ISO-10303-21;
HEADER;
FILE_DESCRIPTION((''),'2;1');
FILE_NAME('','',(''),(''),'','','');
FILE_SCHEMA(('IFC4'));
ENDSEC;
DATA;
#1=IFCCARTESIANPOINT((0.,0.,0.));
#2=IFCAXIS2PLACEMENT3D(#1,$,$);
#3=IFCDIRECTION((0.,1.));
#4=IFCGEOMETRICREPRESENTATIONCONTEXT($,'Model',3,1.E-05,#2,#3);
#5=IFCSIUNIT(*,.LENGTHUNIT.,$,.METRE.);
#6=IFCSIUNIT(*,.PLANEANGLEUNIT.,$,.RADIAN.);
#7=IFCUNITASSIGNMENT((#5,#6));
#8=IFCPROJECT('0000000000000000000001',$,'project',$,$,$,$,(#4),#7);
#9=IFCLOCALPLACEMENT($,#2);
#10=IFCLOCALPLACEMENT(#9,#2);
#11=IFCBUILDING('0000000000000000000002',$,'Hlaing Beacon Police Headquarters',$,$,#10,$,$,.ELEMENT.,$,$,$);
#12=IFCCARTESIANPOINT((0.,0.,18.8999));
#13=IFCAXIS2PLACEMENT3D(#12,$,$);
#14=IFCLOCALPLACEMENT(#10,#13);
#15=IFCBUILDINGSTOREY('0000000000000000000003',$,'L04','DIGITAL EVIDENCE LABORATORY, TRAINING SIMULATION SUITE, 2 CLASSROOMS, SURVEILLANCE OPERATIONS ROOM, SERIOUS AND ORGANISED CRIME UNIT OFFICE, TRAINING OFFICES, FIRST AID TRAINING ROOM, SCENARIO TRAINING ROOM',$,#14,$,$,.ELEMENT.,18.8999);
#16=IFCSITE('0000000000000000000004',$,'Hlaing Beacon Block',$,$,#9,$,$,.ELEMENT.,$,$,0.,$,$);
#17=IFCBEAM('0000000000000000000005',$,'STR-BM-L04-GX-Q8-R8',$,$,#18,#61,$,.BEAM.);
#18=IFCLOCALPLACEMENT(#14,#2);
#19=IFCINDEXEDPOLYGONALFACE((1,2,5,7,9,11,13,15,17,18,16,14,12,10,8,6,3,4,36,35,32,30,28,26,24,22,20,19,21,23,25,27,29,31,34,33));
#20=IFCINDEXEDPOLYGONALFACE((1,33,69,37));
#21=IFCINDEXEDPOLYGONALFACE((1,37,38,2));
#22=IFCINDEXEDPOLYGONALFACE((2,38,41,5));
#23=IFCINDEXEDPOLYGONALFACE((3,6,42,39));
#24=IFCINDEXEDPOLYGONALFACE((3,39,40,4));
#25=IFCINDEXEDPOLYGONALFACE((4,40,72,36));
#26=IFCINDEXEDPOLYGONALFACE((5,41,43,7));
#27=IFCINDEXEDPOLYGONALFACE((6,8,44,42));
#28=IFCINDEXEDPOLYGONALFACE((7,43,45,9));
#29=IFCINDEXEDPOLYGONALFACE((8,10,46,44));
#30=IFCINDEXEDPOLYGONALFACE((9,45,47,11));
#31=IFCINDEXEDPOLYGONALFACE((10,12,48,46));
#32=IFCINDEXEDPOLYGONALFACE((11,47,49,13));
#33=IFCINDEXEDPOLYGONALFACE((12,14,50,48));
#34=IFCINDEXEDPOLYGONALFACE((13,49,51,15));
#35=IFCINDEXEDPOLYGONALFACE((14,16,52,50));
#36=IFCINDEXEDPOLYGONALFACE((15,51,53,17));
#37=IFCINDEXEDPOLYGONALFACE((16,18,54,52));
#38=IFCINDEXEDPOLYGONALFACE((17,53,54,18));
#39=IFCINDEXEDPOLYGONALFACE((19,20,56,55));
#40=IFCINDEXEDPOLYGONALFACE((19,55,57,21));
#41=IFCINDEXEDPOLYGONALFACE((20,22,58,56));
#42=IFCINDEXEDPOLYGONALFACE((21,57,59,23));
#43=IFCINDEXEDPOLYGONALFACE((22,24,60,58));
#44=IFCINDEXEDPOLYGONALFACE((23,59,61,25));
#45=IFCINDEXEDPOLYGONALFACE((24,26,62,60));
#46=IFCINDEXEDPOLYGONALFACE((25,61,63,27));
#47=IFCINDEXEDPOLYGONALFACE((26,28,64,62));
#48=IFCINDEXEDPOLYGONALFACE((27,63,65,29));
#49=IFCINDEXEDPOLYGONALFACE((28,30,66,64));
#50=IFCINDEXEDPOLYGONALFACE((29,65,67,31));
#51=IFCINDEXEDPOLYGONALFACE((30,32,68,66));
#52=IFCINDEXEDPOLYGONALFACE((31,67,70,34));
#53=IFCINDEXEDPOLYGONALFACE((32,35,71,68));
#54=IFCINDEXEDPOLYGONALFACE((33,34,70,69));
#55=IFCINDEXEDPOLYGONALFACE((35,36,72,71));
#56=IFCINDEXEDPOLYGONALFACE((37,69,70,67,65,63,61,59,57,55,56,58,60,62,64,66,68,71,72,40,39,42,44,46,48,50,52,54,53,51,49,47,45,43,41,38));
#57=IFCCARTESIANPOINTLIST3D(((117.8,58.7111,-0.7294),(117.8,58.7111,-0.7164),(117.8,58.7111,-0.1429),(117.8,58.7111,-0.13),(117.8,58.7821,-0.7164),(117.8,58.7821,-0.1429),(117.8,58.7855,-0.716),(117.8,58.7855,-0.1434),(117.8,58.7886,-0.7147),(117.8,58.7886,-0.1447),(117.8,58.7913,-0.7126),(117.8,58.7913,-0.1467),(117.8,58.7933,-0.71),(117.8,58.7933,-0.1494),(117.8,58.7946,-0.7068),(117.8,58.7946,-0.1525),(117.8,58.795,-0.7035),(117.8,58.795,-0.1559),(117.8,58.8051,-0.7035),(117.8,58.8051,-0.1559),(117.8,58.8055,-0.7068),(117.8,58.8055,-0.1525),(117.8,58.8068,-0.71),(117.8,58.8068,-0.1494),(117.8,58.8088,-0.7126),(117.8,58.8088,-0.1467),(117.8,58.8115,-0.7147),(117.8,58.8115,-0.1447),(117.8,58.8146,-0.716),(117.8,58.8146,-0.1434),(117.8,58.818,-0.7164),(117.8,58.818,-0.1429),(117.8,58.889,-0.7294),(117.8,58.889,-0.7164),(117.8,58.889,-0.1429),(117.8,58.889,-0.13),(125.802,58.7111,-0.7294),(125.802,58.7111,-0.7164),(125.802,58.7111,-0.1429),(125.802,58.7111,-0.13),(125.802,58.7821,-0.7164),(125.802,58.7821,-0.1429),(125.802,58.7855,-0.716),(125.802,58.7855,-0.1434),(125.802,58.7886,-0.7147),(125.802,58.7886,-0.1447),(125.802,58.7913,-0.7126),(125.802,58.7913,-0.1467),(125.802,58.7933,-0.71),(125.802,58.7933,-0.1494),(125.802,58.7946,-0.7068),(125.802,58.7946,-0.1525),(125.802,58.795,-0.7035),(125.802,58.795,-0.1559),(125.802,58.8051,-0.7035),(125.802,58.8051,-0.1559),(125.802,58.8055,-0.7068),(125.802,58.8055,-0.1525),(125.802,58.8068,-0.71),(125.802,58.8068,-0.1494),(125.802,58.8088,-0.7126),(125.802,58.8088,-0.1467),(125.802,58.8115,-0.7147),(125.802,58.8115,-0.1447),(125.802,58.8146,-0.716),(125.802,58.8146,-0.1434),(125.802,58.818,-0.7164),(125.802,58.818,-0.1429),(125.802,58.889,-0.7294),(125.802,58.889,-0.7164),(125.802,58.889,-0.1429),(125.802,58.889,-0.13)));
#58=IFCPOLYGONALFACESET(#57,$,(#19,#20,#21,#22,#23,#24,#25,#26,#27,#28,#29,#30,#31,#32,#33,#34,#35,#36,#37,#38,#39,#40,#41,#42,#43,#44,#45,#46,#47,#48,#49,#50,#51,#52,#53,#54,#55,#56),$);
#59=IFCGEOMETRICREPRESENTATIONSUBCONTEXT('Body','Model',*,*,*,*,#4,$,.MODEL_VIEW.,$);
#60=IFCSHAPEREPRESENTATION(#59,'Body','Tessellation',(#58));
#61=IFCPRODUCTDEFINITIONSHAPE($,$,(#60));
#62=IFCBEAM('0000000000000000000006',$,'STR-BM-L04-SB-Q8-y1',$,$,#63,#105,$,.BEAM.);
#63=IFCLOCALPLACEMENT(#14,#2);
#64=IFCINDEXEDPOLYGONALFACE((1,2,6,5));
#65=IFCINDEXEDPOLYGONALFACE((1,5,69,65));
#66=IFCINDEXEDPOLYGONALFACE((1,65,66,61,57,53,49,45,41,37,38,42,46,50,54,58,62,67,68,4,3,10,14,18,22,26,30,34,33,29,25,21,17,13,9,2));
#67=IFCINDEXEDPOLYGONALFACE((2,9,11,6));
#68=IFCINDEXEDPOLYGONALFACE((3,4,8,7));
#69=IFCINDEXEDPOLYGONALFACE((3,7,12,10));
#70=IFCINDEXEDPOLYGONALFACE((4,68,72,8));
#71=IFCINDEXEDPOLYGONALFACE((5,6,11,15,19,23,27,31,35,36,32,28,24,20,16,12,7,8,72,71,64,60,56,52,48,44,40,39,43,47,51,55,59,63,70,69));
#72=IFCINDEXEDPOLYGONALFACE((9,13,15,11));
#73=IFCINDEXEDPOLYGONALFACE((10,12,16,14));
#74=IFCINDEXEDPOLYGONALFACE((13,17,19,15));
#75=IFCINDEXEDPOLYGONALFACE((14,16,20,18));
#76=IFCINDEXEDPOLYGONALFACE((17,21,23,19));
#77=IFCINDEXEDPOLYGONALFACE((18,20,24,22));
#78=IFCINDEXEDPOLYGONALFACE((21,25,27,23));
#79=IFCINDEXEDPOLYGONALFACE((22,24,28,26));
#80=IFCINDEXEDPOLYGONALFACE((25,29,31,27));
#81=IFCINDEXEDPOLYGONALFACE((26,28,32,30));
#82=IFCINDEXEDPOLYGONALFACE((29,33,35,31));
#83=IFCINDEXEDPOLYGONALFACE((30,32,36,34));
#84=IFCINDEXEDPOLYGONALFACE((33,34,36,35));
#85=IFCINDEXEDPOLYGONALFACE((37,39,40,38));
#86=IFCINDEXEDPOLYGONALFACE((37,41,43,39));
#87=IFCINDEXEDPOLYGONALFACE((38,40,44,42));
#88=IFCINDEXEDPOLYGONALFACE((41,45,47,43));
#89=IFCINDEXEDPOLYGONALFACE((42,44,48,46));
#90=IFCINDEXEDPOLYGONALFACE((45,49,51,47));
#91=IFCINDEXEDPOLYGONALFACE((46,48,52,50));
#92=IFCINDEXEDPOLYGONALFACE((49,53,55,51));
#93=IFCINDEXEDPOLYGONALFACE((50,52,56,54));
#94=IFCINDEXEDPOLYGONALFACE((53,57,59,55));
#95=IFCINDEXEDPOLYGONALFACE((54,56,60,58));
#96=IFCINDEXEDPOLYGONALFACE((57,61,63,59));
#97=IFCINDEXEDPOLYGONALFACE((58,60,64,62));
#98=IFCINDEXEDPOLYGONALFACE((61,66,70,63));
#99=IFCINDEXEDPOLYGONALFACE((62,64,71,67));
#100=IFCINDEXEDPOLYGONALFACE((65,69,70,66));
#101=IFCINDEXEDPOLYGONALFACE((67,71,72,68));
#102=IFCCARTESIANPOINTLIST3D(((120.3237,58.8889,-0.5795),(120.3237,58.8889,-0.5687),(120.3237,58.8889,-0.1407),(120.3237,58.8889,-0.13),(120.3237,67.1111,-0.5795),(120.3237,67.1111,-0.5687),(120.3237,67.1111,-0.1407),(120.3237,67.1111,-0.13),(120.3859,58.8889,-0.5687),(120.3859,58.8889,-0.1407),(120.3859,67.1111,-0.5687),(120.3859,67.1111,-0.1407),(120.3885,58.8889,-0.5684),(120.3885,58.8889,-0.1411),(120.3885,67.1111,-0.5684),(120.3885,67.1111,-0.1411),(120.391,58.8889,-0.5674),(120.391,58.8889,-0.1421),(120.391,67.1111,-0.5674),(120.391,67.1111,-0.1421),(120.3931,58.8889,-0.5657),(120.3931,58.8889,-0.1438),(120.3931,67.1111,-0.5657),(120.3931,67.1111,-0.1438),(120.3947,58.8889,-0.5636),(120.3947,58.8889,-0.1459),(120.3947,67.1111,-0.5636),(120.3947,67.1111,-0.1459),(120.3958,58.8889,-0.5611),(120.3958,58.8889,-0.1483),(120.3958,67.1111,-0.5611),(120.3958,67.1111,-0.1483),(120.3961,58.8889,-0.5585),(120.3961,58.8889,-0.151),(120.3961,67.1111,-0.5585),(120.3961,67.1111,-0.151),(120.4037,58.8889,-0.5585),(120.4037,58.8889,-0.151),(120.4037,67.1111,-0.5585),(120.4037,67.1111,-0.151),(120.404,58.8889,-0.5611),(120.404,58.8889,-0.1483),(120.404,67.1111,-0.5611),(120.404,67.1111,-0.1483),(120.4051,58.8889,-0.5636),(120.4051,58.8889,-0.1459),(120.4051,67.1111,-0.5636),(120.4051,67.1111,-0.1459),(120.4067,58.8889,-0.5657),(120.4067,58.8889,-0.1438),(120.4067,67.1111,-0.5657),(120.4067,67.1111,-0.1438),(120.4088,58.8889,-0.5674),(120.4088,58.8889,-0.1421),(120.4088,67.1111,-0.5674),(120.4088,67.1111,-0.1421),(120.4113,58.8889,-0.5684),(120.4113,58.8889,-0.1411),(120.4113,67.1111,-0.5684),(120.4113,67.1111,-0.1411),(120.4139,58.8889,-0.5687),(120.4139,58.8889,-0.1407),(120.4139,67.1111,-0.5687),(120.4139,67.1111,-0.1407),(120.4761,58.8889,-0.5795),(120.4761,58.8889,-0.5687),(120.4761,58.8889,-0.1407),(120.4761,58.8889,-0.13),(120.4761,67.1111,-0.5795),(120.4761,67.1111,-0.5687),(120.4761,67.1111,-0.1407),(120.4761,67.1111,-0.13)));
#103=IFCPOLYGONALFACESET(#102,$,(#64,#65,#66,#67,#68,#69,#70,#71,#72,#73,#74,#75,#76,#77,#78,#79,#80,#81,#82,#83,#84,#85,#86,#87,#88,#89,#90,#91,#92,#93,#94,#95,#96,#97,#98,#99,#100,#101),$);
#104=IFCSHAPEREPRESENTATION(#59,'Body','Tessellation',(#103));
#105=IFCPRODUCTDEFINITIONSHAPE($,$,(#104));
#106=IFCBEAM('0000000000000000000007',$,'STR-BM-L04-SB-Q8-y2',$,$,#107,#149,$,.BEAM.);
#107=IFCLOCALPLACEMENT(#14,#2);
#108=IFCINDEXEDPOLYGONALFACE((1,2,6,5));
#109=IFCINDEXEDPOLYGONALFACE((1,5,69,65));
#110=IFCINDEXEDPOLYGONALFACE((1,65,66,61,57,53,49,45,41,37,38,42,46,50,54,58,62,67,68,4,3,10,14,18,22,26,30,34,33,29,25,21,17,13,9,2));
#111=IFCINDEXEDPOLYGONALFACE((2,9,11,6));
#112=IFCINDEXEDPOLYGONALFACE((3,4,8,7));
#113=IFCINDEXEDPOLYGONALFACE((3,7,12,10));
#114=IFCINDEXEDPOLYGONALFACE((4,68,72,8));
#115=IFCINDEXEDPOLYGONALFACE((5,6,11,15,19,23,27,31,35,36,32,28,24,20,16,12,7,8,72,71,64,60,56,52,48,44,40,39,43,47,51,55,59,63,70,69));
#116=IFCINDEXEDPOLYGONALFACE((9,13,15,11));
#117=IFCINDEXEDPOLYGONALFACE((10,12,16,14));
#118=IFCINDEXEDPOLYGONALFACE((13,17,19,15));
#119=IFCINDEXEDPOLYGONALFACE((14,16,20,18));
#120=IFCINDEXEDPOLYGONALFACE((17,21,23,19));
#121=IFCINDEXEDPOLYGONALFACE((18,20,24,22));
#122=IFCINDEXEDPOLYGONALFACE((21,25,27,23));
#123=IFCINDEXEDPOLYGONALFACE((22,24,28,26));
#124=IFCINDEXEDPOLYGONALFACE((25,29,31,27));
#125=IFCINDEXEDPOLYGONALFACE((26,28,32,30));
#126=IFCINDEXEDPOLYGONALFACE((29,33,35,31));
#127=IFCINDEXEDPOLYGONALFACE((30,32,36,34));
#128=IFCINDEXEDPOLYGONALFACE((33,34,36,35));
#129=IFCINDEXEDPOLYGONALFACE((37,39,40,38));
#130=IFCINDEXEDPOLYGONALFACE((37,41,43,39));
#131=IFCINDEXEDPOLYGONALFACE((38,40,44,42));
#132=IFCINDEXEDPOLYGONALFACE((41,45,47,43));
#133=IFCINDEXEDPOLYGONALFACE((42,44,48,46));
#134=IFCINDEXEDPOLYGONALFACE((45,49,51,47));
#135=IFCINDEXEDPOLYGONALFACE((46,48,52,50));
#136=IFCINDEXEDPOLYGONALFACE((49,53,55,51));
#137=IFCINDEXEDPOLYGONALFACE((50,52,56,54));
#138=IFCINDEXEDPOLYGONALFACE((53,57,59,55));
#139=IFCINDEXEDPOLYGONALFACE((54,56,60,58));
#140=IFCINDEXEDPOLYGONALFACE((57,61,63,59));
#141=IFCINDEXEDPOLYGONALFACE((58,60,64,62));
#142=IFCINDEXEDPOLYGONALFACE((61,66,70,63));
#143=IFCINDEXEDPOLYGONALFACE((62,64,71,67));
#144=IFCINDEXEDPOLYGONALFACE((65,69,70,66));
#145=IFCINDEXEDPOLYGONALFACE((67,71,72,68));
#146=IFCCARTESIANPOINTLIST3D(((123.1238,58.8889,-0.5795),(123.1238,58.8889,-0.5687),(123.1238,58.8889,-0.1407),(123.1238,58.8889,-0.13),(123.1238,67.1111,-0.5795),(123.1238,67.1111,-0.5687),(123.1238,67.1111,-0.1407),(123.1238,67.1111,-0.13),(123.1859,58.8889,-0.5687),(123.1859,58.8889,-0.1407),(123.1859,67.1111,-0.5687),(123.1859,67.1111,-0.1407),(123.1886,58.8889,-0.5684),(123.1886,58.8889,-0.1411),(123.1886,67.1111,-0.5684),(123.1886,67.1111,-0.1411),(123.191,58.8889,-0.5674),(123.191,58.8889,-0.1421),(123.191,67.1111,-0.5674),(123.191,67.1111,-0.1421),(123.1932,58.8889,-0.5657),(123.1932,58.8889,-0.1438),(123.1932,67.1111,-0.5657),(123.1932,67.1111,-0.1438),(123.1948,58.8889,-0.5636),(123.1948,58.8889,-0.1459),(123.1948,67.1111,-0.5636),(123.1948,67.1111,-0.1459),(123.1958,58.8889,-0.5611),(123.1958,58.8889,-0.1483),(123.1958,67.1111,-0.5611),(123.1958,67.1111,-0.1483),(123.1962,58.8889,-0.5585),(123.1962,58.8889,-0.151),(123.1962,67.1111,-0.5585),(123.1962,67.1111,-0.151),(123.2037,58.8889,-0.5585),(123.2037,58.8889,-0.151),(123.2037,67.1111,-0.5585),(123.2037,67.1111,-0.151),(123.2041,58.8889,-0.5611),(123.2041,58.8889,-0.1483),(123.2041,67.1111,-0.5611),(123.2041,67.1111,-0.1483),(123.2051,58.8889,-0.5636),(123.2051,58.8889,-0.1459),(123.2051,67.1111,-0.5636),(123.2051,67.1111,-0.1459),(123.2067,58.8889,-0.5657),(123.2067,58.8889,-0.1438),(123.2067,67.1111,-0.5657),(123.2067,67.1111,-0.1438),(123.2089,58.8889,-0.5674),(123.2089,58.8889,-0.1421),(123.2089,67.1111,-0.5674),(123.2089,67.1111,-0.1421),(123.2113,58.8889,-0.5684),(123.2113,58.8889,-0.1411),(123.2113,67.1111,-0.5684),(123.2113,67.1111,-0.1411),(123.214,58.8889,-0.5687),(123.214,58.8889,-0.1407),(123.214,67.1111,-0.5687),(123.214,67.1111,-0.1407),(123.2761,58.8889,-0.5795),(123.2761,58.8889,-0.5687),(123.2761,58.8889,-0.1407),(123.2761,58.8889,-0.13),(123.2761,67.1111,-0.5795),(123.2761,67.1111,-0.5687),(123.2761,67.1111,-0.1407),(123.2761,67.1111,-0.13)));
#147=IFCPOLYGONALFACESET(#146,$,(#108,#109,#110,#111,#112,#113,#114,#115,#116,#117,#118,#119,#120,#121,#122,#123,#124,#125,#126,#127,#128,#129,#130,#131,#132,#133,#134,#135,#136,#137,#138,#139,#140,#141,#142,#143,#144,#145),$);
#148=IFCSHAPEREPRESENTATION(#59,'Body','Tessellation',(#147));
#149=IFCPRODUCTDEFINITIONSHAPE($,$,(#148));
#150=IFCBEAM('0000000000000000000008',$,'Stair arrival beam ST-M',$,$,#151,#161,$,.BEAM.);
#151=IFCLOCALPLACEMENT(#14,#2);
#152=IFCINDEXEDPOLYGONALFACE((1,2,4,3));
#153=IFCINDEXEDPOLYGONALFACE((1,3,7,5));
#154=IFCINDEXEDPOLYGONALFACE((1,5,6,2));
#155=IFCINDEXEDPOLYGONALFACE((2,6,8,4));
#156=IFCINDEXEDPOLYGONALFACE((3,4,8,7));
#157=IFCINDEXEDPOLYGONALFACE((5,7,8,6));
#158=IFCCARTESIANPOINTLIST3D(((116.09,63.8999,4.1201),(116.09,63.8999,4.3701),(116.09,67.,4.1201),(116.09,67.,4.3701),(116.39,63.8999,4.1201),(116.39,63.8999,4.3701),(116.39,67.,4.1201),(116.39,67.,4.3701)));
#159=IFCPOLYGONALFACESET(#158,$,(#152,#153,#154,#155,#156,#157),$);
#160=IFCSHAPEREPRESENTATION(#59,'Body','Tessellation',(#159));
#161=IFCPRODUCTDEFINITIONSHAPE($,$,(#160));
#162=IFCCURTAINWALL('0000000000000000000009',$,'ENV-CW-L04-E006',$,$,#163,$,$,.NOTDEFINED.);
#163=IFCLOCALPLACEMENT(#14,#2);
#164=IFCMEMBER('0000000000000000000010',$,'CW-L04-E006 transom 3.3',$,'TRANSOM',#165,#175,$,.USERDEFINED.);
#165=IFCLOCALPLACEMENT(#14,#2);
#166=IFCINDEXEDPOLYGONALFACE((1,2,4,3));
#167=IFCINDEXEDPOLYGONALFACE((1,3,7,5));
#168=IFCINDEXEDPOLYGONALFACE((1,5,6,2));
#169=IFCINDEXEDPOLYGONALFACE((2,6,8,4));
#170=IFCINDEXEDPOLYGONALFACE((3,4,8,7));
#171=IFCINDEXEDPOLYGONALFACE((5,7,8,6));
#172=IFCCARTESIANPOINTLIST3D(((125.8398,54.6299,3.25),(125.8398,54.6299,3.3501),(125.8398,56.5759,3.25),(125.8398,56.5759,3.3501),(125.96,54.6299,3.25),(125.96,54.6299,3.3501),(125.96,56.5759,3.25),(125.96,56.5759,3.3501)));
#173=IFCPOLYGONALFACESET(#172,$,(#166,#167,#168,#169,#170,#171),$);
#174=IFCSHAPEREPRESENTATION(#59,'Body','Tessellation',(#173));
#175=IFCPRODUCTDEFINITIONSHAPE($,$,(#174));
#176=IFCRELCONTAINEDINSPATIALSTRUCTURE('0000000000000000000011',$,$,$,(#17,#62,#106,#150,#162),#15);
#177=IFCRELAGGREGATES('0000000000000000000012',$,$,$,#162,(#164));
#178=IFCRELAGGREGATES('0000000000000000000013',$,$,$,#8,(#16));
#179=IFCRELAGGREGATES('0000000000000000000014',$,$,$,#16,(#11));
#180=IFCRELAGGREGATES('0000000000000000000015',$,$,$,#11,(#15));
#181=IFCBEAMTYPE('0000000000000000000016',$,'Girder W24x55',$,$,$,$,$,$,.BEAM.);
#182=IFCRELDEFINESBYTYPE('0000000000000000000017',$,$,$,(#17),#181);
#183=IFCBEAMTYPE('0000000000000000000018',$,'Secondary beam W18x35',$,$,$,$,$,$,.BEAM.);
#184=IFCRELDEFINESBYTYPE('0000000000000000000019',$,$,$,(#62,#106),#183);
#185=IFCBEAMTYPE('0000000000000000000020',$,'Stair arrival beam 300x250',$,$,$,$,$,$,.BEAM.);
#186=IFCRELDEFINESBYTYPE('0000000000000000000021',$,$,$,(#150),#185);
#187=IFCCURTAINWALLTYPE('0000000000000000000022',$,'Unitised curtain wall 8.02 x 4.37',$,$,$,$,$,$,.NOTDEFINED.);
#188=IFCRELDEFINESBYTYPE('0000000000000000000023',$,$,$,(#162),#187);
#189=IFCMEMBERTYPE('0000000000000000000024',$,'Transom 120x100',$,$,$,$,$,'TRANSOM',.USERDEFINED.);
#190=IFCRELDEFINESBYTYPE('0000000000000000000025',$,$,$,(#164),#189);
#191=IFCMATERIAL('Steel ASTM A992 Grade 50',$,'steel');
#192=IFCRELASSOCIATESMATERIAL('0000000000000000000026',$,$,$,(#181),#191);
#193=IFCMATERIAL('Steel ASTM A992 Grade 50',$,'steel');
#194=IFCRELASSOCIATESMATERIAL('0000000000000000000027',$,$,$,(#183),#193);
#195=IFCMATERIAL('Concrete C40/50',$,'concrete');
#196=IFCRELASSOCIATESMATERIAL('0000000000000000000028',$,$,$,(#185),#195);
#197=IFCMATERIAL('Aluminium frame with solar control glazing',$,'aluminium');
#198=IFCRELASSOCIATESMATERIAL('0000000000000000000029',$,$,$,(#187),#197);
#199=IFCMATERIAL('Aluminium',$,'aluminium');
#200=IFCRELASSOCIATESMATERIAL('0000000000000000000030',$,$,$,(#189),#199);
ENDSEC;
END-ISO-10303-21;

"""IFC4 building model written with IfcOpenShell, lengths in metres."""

from ifc_helpers import new_model, si_unit, direction, frame, origin, origin_2d, place, context, subcontext, project, spatial, rectangle, i_section, extrude, material, material_profile, profile_set, type_object, element, aggregate, save


model = new_model("IFC4")

# Units and contexts
model_context = context("Model", 3, precision=1e-05, world=origin(), true_north=direction((0.0, 1.0)))
body_context = subcontext(model_context, "Body", "Model", "MODEL_VIEW")
ifc_project = project(units=[si_unit("LENGTHUNIT", "METRE"), si_unit("PLANEANGLEUNIT", "RADIAN")], contexts=[model_context])

# Site, building, storey
site_placement = place(None, origin())
site = spatial("IfcSite", under=ifc_project, at=site_placement, Name="Hlaing Beacon Block", CompositionType="ELEMENT", RefElevation=0.0)
building_placement = place(site_placement, origin())
building = spatial("IfcBuilding", under=site, at=building_placement, Name="Hlaing Beacon Police Headquarters", CompositionType="ELEMENT")
storey_placement = place(building_placement, frame((0.0, 0.0, 18.8999)))
storey = spatial("IfcBuildingStorey", under=building, at=storey_placement, Name="L04", Description="DIGITAL EVIDENCE LABORATORY, TRAINING SIMULATION SUITE, 2 CLASSROOMS, SURVEILLANCE OPERATIONS ROOM, SERIOUS AND ORGANISED CRIME UNIT OFFICE, TRAINING OFFICES, FIRST AID TRAINING ROOM, SCENARIO TRAINING ROOM", CompositionType="ELEMENT", Elevation=18.8999)

# Beams
ifc_material_1 = material(Name="Steel ASTM A992 Grade 50", Category="steel")
ifc_material_profile_1 = material_profile(ifc_material_1, i_section(OverallWidth=0.178, OverallDepth=0.5994, WebThickness=0.01, FlangeThickness=0.0129, FilletRadius=0.0129, at=origin_2d()), Name="W24x55")
ifc_profile_set_1 = profile_set([ifc_material_profile_1], Name="Steel ASTM A992 Grade 50")
beam_type_1 = type_object("IfcBeamType", Name="Girder W24x55", PredefinedType="BEAM", material=ifc_profile_set_1)
beam_1_placement = place(storey_placement, frame((117.8, 58.8, -0.4297), z_axis=(1.0, 0.0, 0.0), x_axis=(0.0, 1.0, 0.0)))
element("IfcBeam", 1, at=beam_1_placement, inside=storey, type_object=beam_type_1, Name="STR-BM-L04-GX-Q8-R8", PredefinedType="BEAM", context=body_context, shape_type="SweptSolid", body=[
    extrude(i_section(OverallWidth=0.178, OverallDepth=0.5994, WebThickness=0.01, FlangeThickness=0.0129, FilletRadius=0.0129, at=origin_2d()), origin(), (0.0, 0.0, 1.0), 8.002),
])
ifc_material_2 = material(Name="Steel ASTM A992 Grade 50", Category="steel")
ifc_material_profile_2 = material_profile(ifc_material_2, i_section(OverallWidth=0.1523, OverallDepth=0.4495, WebThickness=0.0076, FlangeThickness=0.0107, FilletRadius=0.0103, at=origin_2d()), Name="W18x35")
ifc_profile_set_2 = profile_set([ifc_material_profile_2], Name="Steel ASTM A992 Grade 50")
beam_type_2 = type_object("IfcBeamType", Name="Secondary beam W18x35", PredefinedType="BEAM", material=ifc_profile_set_2)
for number, where, z_axis, x_axis, name in (
    (2, (120.3999, 58.8889, -0.3547), (0.0, 1.0, 0.0), (-1.0, 0.0, 0.0), "STR-BM-L04-SB-Q8-y1"),
    (3, (123.2, 58.8889, -0.3547), (0.0, 1.0, 0.0), (-1.0, 0.0, 0.0), "STR-BM-L04-SB-Q8-y2"),
):
    element("IfcBeam", number, at=place(storey_placement, frame(where, z_axis=z_axis, x_axis=x_axis)), inside=storey, type_object=beam_type_2, Name=name, PredefinedType="BEAM", context=body_context, shape_type="SweptSolid", body=[
        extrude(i_section(OverallWidth=0.1523, OverallDepth=0.4495, WebThickness=0.0076, FlangeThickness=0.0107, FilletRadius=0.0103, at=origin_2d()), origin(), (0.0, 0.0, 1.0), 8.2222),
    ])
ifc_material_3 = material(Name="Concrete C40/50", Category="concrete")
ifc_material_profile_3 = material_profile(ifc_material_3, rectangle(XDim=0.3, YDim=0.25, at=origin_2d()), Name="Stair arrival beam 300x250")
ifc_profile_set_3 = profile_set([ifc_material_profile_3], Name="Concrete C40/50")
beam_type_3 = type_object("IfcBeamType", Name="Stair arrival beam 300x250", PredefinedType="BEAM", material=ifc_profile_set_3)
beam_2_placement = place(storey_placement, frame((116.24, 67.0, 4.2451), z_axis=(0.0, -1.0, 0.0), x_axis=(1.0, 0.0, 0.0)))
element("IfcBeam", 4, at=beam_2_placement, inside=storey, type_object=beam_type_3, Name="Stair arrival beam ST-M", PredefinedType="BEAM", context=body_context, shape_type="SweptSolid", body=[
    extrude(rectangle(XDim=0.3, YDim=0.25, at=origin_2d()), origin(), (0.0, 0.0, 1.0), 3.1001),
])

# Curtain wall, member
ifc_material_4 = material(Name="Aluminium frame with solar control glazing", Category="aluminium")
curtain_wall_type = type_object("IfcCurtainWallType", Name="Unitised curtain wall 8.02 x 4.37", PredefinedType="NOTDEFINED", material=ifc_material_4)
curtain_wall_placement = place(storey_placement, origin())
curtain_wall = element("IfcCurtainWall", 5, at=curtain_wall_placement, inside=storey, type_object=curtain_wall_type, Name="ENV-CW-L04-E006", PredefinedType="NOTDEFINED")
ifc_material_5 = material(Name="Aluminium", Category="aluminium")
ifc_material_profile_4 = material_profile(ifc_material_5, rectangle(XDim=0.1201, YDim=0.1001, at=origin_2d()), Name="Transom 120x100")
ifc_profile_set_4 = profile_set([ifc_material_profile_4], Name="Aluminium")
member_type = type_object("IfcMemberType", Name="Transom 120x100", ElementType="TRANSOM", PredefinedType="USERDEFINED", material=ifc_profile_set_4)
member_placement = place(storey_placement, frame((125.8999, 54.6299, 3.3), z_axis=(0.0, 1.0, 0.0), x_axis=(-1.0, 0.0, 0.0)))
member = element("IfcMember", 6, at=member_placement, type_object=member_type, Name="CW-L04-E006 transom 3.3", ObjectType="TRANSOM", PredefinedType="USERDEFINED", context=body_context, shape_type="SweptSolid", body=[
    extrude(rectangle(XDim=0.1201, YDim=0.1001, at=origin_2d()), origin(), (0.0, 0.0, 1.0), 1.946),
])
aggregate(curtain_wall, [member])

save(model, "model.ifc")
